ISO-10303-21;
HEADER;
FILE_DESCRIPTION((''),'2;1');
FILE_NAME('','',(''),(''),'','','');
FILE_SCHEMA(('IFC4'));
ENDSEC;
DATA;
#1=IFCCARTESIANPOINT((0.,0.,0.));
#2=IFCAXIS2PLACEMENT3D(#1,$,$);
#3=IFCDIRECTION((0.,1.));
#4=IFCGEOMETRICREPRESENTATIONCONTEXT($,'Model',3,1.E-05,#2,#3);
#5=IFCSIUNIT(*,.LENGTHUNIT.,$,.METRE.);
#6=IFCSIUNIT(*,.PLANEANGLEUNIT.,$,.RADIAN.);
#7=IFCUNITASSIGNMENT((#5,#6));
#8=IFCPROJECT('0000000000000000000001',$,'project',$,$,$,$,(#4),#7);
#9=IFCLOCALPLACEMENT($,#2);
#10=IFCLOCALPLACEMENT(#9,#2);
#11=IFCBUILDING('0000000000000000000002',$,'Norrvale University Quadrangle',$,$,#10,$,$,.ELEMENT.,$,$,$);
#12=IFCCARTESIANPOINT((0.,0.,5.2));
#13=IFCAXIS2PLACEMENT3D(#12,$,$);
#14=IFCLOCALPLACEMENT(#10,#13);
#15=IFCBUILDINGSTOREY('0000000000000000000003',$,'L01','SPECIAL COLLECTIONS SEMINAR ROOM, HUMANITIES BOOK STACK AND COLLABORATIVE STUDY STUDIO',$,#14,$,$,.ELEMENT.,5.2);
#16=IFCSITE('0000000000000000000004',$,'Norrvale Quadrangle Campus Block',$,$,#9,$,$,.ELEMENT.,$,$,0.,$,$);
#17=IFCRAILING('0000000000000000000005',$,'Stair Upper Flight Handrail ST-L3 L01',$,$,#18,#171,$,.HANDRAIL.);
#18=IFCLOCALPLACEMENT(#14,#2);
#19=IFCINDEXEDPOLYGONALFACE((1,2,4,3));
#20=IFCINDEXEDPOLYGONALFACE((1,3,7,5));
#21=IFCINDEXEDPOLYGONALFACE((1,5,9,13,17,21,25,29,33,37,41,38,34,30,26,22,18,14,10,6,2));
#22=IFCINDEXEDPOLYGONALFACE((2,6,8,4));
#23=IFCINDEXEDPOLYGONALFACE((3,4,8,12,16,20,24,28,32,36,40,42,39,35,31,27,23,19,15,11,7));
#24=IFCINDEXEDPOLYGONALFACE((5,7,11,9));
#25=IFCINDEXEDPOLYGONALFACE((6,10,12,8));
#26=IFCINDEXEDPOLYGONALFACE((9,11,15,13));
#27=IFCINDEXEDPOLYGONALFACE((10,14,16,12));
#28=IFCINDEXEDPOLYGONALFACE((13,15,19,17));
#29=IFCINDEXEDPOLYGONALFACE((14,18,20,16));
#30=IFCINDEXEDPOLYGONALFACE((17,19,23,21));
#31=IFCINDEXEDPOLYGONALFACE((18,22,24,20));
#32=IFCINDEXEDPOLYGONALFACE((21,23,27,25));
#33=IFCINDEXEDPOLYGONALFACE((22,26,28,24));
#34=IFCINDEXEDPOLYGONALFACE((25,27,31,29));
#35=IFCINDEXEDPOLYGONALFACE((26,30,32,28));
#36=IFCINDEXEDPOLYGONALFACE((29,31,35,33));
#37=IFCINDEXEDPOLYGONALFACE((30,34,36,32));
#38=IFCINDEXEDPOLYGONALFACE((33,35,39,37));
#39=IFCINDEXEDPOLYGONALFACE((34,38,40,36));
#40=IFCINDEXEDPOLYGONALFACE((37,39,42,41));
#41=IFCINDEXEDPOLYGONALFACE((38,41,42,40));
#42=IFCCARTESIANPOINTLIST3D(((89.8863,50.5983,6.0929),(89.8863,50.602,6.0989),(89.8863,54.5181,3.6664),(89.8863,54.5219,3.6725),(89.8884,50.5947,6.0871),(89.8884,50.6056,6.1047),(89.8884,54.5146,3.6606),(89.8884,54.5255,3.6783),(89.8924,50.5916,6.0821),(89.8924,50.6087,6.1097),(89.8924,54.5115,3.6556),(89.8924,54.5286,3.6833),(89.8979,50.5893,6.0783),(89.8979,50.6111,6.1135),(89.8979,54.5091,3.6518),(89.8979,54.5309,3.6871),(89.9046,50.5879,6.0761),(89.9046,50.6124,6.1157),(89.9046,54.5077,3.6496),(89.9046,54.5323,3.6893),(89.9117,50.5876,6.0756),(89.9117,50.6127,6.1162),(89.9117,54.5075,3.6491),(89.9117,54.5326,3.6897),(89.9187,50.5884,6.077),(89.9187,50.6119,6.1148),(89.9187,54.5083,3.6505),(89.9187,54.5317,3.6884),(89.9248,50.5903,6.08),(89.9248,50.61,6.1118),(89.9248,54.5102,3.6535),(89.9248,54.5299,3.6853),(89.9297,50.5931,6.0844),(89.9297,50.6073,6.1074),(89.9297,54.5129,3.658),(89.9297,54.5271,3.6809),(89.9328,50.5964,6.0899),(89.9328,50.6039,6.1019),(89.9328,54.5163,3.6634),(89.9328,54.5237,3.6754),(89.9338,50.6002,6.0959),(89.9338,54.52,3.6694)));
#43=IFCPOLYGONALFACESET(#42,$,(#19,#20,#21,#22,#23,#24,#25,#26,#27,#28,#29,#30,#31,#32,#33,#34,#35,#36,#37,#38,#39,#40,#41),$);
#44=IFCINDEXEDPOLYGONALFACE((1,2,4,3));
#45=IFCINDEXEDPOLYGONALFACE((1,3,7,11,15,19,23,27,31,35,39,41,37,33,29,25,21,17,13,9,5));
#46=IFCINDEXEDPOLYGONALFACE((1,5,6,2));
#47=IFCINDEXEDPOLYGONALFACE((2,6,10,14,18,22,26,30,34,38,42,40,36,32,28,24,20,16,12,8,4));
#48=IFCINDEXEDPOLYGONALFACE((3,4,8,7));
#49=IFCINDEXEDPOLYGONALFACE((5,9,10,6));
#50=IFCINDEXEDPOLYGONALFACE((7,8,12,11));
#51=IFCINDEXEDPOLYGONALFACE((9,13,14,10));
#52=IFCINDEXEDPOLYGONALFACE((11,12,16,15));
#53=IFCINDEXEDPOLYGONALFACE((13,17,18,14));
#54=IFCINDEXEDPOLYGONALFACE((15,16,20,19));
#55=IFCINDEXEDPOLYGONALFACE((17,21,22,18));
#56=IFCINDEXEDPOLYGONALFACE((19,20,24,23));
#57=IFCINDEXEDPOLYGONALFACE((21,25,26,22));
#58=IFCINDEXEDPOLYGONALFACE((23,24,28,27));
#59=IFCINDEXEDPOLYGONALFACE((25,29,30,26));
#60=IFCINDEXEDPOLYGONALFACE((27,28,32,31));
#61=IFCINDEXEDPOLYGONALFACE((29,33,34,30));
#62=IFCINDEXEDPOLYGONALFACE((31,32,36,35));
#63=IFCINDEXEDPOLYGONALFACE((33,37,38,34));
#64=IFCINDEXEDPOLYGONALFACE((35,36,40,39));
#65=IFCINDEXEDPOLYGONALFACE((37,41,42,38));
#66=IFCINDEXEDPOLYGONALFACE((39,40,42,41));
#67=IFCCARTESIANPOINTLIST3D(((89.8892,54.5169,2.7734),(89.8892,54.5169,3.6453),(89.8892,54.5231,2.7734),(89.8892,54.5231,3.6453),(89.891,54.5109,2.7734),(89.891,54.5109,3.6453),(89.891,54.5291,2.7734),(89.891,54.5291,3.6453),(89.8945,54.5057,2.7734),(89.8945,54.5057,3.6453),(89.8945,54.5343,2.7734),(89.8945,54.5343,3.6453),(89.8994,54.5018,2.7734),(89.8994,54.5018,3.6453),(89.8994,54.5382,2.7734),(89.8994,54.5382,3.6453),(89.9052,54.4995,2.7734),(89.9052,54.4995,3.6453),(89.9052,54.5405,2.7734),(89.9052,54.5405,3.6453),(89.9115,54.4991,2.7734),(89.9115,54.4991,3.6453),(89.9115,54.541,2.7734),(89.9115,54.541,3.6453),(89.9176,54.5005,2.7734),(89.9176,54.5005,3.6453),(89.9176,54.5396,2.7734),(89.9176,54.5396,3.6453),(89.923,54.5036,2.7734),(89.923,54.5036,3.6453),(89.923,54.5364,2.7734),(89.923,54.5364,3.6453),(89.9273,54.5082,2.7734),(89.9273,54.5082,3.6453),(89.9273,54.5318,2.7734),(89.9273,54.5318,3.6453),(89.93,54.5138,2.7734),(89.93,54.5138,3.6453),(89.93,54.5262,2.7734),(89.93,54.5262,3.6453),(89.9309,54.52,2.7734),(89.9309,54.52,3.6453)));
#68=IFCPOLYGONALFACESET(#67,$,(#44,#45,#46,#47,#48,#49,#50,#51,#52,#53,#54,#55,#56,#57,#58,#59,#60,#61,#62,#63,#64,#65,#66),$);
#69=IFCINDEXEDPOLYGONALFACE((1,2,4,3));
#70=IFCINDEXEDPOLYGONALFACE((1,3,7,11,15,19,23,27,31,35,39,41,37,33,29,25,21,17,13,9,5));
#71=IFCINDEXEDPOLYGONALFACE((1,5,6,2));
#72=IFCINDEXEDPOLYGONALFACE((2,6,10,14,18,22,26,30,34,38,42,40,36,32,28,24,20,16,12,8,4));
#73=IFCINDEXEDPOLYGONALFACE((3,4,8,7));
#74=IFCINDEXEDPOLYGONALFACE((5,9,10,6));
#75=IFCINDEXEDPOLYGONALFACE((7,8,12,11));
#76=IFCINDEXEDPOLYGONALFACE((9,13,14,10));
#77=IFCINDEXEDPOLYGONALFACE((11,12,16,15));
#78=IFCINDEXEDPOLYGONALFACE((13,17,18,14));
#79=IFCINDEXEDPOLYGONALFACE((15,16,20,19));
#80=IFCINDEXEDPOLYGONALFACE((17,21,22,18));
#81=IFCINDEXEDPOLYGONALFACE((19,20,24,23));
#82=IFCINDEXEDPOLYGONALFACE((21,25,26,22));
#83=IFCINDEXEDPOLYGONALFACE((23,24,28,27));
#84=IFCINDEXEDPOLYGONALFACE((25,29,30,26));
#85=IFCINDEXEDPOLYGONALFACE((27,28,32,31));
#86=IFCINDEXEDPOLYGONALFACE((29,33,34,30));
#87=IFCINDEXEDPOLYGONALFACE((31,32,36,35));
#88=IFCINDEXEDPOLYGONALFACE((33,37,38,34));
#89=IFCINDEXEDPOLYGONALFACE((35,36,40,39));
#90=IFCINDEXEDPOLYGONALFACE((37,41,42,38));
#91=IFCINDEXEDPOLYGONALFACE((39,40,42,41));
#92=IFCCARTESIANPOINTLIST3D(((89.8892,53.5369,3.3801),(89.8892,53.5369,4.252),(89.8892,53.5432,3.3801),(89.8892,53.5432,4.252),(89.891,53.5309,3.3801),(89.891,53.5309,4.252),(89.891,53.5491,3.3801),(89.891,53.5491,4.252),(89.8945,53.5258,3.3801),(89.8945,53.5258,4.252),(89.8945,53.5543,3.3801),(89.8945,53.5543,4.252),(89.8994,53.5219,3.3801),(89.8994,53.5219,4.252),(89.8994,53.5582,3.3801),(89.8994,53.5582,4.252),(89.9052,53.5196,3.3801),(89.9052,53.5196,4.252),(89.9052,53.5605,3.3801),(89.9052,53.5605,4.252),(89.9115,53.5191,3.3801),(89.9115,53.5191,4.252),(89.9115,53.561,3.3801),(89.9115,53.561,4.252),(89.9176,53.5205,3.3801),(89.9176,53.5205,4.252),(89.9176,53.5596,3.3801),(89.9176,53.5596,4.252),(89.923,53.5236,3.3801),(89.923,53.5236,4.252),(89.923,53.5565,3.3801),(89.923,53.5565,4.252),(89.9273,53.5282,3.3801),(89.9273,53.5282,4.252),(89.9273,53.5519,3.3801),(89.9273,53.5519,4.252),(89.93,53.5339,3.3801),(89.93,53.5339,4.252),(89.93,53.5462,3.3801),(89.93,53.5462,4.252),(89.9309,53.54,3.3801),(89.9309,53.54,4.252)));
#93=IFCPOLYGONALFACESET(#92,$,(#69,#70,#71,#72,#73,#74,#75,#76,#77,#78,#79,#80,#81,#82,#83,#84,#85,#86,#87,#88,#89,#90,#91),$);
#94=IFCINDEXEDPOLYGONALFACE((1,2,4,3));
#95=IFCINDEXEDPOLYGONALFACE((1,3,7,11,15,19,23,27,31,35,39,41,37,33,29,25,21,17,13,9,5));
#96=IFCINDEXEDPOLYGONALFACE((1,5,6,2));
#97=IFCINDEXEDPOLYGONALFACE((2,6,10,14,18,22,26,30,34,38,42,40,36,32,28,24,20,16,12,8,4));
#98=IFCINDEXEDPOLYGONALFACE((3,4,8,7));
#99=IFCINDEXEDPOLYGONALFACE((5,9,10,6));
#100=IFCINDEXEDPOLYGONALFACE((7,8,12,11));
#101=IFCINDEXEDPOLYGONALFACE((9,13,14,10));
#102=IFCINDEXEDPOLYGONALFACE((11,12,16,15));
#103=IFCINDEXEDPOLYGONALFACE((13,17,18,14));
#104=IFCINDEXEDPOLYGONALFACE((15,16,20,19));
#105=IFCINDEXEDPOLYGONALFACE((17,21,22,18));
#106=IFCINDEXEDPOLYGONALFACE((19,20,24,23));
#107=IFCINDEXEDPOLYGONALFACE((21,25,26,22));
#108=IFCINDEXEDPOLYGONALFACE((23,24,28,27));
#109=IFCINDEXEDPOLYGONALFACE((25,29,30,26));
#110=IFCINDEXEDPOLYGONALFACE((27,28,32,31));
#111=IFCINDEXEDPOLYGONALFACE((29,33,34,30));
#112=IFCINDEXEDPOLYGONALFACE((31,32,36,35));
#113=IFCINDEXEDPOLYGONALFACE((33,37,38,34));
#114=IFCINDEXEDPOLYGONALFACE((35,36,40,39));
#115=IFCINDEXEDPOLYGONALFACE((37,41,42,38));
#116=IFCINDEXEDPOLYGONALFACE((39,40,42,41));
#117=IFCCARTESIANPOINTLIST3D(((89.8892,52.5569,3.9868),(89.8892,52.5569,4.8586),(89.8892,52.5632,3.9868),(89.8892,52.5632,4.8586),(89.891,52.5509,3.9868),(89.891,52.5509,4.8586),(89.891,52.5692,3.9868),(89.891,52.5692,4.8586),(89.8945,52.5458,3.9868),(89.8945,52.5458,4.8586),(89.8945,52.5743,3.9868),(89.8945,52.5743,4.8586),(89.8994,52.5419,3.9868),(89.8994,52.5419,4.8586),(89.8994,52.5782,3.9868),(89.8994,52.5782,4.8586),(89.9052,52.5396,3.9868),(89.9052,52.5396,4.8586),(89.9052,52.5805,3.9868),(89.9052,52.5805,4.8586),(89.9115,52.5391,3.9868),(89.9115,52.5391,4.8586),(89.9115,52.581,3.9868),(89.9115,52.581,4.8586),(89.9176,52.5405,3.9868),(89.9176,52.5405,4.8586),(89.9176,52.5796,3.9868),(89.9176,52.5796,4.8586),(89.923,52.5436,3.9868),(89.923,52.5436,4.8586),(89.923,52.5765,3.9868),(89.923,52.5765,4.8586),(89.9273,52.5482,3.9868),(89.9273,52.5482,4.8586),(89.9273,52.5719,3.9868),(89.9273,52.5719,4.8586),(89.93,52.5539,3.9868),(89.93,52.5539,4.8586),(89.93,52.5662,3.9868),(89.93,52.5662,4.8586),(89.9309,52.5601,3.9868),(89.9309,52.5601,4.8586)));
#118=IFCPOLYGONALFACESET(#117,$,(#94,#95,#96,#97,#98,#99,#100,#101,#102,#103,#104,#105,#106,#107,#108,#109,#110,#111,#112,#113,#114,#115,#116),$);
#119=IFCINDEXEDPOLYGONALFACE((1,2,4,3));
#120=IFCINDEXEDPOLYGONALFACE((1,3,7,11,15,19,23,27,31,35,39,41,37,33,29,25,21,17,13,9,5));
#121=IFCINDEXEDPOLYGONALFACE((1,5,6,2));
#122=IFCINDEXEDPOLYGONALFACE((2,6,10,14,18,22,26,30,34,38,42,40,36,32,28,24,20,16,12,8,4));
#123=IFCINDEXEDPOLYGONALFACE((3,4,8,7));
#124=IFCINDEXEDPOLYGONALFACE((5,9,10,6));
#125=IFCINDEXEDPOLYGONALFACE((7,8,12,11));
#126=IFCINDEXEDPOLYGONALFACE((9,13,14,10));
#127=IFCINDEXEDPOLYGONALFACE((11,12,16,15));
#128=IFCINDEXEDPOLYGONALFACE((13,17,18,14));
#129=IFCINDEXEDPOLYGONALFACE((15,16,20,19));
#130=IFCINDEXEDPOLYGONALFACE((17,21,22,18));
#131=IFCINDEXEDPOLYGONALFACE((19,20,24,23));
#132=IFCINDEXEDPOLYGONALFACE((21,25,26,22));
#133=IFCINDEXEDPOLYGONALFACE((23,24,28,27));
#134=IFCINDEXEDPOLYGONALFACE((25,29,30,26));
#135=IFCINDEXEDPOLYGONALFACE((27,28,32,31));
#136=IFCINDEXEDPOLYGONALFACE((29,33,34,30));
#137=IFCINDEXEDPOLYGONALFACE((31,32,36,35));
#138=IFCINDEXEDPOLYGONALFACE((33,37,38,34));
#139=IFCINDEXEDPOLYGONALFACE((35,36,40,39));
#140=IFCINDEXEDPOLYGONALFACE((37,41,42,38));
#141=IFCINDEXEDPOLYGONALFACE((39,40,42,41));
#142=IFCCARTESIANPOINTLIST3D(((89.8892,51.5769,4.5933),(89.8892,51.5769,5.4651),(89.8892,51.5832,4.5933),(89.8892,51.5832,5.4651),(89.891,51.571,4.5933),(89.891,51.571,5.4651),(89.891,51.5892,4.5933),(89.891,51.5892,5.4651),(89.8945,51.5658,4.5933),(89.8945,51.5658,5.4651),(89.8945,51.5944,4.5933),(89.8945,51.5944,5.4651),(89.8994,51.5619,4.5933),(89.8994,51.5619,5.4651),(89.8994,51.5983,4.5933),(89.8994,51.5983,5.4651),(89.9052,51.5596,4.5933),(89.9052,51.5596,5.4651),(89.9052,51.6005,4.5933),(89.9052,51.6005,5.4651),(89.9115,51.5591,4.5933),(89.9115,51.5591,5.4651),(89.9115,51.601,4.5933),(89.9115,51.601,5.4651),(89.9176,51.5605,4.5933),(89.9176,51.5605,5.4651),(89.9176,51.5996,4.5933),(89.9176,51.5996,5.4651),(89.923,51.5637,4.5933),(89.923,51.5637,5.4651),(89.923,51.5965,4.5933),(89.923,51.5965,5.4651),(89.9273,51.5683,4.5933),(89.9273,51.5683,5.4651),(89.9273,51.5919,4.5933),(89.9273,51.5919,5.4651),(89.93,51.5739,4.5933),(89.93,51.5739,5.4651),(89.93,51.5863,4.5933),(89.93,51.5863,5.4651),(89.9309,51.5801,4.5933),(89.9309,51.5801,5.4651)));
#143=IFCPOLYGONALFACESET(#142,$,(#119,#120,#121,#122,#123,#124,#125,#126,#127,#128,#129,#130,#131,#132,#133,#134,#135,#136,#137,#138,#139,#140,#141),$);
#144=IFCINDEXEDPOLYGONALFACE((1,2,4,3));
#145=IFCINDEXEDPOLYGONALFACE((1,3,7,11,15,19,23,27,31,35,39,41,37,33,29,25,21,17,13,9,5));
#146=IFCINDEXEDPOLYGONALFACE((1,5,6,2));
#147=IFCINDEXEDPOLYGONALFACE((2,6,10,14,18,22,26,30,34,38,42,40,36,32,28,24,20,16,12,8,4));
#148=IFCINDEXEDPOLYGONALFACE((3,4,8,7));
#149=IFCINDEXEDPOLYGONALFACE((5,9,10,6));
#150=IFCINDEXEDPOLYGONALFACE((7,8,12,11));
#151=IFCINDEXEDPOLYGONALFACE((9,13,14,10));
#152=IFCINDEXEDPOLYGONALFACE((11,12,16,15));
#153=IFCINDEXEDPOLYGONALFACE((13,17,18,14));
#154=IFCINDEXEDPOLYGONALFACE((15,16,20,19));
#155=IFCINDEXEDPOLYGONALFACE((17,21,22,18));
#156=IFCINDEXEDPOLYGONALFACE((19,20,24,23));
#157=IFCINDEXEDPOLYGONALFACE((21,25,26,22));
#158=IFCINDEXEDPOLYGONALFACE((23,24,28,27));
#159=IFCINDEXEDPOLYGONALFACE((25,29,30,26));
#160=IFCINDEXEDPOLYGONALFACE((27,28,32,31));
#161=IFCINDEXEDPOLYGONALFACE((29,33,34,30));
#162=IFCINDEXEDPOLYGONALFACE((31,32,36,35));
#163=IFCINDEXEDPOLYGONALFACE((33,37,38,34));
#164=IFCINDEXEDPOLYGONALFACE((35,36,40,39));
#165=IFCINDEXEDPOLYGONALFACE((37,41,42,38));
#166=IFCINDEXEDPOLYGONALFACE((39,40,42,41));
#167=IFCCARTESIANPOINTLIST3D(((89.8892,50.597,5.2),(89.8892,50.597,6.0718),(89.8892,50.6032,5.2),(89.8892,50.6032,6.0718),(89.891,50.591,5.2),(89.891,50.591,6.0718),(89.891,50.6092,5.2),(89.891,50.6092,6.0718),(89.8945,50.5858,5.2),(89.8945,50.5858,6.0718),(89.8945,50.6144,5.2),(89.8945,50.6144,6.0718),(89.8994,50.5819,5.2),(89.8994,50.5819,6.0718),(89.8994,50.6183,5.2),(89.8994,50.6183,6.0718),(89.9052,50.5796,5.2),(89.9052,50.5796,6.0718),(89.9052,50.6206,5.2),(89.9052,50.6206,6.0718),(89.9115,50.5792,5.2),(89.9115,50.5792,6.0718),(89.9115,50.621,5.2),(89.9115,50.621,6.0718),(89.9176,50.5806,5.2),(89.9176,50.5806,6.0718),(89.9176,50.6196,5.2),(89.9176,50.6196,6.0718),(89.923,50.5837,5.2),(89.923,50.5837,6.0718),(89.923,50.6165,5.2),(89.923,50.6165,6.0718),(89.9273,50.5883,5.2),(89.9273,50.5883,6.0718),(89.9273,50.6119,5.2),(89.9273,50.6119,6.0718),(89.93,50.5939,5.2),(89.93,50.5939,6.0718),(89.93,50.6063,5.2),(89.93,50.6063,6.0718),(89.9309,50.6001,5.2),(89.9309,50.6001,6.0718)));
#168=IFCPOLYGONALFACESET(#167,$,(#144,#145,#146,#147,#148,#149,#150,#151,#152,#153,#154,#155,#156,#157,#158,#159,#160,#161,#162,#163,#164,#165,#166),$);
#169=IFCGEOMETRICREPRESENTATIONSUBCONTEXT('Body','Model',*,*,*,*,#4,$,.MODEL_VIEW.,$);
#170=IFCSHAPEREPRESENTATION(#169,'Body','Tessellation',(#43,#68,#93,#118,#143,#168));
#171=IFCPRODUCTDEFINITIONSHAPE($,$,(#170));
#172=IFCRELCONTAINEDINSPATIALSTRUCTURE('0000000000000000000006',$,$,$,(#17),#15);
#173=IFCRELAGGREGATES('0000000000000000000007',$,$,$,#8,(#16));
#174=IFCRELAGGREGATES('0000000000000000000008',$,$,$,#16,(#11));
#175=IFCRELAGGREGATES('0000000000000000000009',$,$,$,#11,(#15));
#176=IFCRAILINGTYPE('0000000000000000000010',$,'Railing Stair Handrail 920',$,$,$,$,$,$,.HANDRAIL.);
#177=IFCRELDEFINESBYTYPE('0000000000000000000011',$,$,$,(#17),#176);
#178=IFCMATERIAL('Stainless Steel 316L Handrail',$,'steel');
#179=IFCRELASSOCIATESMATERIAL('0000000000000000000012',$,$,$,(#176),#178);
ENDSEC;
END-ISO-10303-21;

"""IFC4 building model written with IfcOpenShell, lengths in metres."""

from ifc_helpers import new_model, si_unit, direction, frame, origin, origin_2d, place, context, subcontext, project, spatial, circle, extrude, material, type_object, element, save


model = new_model("IFC4")

# Units and contexts
model_context = context("Model", 3, precision=1e-05, world=origin(), true_north=direction((0.0, 1.0)))
body_context = subcontext(model_context, "Body", "Model", "MODEL_VIEW")
ifc_project = project(units=[si_unit("LENGTHUNIT", "METRE"), si_unit("PLANEANGLEUNIT", "RADIAN")], contexts=[model_context])

# Site, building, storey
site_placement = place(None, origin())
site = spatial("IfcSite", under=ifc_project, at=site_placement, Name="Norrvale Quadrangle Campus Block", CompositionType="ELEMENT", RefElevation=0.0)
building_placement = place(site_placement, origin())
building = spatial("IfcBuilding", under=site, at=building_placement, Name="Norrvale University Quadrangle", CompositionType="ELEMENT")
storey_placement = place(building_placement, frame((0.0, 0.0, 5.2)))
storey = spatial("IfcBuildingStorey", under=building, at=storey_placement, Name="L01", Description="SPECIAL COLLECTIONS SEMINAR ROOM, HUMANITIES BOOK STACK AND COLLABORATIVE STUDY STUDIO", CompositionType="ELEMENT", Elevation=5.2)

# Railing
ifc_material_1 = material(Name="Stainless Steel 316L Handrail", Category="steel")
railing_type_1 = type_object("IfcRailingType", Name="Railing Stair Handrail 920", PredefinedType="HANDRAIL", material=ifc_material_1)
railing_1_placement = place(storey_placement, frame((89.9099, 54.52, 2.7734)))
element("IfcRailing", 1, at=railing_1_placement, inside=storey, type_object=railing_type_1, Name="Stair Upper Flight Handrail ST-L3 L01", PredefinedType="HANDRAIL", context=body_context, shape_type="SweptSolid", body=[
    extrude(circle(Radius=0.0239, at=origin_2d()), frame((0.0, 0.0, 0.896), z_axis=(0.0, -0.850275, 0.526338), x_axis=(1.0, 0.0, 0.0)), (0.0, 0.0, 1.0), 4.6101),
    extrude(circle(Radius=0.021, at=origin_2d()), origin(), (0.0, 0.0, 1.0), 0.8718),
    extrude(circle(Radius=0.021, at=origin_2d()), frame((0.0, -0.98, 0.6067)), (0.0, 0.0, 1.0), 0.8718),
    extrude(circle(Radius=0.021, at=origin_2d()), frame((0.0, -1.96, 1.2134)), (0.0, 0.0, 1.0), 0.8718),
    extrude(circle(Radius=0.021, at=origin_2d()), frame((0.0, -2.9399, 1.8198)), (0.0, 0.0, 1.0), 0.8718),
    extrude(circle(Radius=0.021, at=origin_2d()), frame((0.0, -3.9199, 2.4265)), (0.0, 0.0, 1.0), 0.8718),
])

save(model, "model.ifc")
